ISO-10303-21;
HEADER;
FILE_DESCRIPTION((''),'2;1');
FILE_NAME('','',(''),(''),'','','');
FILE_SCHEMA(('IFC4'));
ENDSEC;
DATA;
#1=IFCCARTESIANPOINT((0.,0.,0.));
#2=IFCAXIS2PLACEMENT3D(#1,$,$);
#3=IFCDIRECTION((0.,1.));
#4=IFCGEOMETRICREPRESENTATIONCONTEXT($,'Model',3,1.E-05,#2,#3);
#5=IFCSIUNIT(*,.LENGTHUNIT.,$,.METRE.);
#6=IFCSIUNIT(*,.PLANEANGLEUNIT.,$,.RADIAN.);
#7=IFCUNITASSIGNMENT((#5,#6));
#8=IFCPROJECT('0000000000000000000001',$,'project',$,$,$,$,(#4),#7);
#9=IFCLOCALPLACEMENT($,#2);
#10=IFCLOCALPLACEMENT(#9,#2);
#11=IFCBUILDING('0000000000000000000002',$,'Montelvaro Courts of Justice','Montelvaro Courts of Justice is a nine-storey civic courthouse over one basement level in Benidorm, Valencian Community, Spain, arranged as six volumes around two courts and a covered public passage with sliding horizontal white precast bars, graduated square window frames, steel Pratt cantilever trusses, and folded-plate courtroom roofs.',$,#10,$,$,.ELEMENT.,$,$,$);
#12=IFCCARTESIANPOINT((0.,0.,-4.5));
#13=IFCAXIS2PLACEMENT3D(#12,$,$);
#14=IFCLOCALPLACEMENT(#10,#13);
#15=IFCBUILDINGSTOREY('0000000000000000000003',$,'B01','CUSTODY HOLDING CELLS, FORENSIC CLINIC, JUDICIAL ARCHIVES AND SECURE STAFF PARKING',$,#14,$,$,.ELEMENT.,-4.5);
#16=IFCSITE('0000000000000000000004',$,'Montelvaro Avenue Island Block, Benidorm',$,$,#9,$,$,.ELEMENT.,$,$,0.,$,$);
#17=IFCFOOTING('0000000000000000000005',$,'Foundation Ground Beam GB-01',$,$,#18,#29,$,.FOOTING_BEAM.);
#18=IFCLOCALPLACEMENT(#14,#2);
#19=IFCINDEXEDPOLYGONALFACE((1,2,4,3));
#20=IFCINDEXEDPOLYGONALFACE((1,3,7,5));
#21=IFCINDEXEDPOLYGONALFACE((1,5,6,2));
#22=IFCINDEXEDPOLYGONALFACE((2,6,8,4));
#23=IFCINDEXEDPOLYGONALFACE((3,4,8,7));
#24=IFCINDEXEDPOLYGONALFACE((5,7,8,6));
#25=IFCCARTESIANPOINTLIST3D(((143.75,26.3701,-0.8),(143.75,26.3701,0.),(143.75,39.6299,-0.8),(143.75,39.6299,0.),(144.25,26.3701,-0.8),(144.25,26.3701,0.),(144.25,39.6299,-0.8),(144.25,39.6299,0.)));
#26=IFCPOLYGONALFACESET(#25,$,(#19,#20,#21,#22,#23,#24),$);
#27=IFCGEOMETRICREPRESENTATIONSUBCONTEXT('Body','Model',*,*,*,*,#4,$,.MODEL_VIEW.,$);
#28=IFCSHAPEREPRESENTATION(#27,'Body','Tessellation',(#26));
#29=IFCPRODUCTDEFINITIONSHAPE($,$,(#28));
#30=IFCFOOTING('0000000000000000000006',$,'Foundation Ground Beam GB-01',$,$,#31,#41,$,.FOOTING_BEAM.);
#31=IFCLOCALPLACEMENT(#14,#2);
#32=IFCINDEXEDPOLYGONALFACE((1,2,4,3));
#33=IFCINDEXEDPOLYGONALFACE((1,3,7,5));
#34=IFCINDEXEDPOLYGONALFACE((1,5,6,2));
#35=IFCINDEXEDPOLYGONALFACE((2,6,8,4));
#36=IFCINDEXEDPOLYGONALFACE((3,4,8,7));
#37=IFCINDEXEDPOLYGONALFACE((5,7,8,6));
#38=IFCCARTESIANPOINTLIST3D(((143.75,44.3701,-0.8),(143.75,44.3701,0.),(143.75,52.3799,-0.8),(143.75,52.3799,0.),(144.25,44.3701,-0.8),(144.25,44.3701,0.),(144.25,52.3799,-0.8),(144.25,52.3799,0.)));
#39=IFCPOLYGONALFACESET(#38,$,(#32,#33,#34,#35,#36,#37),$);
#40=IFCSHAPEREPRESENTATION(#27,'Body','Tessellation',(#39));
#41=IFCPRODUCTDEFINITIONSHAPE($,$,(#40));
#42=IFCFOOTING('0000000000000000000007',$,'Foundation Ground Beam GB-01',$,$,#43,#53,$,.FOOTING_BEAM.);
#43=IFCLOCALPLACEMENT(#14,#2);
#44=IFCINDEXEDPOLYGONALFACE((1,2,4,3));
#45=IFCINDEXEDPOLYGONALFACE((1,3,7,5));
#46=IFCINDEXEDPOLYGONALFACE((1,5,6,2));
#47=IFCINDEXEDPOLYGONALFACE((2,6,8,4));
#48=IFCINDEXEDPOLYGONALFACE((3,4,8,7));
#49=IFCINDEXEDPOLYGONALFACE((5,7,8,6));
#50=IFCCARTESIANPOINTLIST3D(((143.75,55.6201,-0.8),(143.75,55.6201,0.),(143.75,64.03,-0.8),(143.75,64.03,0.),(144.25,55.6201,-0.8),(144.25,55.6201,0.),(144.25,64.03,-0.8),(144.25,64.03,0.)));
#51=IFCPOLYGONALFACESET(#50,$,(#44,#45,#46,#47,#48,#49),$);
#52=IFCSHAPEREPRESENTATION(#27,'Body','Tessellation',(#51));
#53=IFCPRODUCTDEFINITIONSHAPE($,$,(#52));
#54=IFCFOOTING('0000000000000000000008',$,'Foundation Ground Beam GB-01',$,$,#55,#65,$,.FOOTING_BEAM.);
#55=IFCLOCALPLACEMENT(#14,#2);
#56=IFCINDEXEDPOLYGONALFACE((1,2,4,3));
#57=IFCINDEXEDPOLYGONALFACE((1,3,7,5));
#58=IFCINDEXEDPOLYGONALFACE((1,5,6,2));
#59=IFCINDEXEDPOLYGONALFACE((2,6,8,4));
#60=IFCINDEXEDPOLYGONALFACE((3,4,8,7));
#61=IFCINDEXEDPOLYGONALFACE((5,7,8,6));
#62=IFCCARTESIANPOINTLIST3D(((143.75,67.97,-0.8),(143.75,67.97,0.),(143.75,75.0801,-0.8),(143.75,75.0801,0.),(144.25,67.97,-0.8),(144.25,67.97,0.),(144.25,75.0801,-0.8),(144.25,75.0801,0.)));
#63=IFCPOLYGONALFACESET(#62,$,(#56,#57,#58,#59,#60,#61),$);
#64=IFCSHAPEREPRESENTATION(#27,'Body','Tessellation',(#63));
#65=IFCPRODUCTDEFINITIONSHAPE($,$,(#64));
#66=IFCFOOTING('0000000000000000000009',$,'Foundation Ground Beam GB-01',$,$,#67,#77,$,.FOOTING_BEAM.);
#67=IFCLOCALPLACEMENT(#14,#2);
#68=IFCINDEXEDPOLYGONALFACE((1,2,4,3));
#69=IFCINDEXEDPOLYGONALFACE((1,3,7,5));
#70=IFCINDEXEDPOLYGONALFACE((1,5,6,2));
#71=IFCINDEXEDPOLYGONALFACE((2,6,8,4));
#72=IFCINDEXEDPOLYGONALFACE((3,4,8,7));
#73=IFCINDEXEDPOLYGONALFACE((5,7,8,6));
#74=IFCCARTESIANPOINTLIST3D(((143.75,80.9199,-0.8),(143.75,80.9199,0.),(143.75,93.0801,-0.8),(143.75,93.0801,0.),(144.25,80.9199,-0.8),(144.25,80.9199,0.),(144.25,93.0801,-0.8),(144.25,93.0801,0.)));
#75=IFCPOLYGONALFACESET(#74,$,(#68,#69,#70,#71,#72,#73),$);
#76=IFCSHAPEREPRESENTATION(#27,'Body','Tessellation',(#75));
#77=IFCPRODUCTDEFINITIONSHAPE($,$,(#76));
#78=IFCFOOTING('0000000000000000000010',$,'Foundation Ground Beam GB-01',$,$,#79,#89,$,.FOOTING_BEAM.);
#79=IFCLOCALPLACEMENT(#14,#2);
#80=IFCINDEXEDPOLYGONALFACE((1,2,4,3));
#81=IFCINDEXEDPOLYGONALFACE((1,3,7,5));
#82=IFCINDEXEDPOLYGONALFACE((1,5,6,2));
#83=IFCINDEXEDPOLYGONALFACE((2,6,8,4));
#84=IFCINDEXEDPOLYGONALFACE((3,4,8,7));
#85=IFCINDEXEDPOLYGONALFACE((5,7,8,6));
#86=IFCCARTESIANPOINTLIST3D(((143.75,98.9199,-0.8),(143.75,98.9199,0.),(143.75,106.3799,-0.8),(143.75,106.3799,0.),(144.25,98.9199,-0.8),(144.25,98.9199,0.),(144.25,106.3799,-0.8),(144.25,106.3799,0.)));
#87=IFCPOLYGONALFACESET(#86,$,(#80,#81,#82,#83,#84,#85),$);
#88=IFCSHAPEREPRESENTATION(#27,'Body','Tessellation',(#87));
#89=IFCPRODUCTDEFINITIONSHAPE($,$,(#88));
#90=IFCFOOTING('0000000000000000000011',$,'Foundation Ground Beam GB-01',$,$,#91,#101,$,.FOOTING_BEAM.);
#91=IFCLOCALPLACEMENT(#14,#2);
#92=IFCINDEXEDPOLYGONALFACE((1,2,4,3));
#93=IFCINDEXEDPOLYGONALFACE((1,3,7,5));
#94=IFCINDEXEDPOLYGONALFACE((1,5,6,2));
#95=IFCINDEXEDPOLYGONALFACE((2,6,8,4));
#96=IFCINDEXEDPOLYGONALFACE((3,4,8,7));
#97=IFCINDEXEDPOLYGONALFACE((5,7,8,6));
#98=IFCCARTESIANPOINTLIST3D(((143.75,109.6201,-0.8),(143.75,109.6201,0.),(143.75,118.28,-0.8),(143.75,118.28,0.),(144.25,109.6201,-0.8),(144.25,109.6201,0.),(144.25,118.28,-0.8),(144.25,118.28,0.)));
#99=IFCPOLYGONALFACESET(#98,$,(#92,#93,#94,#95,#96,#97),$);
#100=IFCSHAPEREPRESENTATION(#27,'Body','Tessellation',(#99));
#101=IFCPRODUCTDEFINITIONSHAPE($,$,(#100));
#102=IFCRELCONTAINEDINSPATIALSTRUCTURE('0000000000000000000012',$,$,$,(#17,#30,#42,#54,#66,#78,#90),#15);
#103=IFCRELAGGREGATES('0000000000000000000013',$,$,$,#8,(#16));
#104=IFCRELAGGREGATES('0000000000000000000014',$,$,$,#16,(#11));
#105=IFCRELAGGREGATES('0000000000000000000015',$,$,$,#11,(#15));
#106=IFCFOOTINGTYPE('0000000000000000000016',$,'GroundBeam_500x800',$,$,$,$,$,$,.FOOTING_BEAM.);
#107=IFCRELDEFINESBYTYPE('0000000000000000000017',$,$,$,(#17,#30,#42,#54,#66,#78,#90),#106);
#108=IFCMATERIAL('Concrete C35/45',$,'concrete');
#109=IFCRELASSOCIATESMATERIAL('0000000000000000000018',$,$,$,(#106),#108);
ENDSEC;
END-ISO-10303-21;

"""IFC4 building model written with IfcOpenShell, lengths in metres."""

from ifc_helpers import new_model, si_unit, direction, frame, origin, place, context, subcontext, project, spatial, polyline, outline, extrude, material, type_object, element, save


model = new_model("IFC4")

# Units and contexts
model_context = context("Model", 3, precision=1e-05, world=origin(), true_north=direction((0.0, 1.0)))
body_context = subcontext(model_context, "Body", "Model", "MODEL_VIEW")
ifc_project = project(units=[si_unit("LENGTHUNIT", "METRE"), si_unit("PLANEANGLEUNIT", "RADIAN")], contexts=[model_context])

# Site, building, storey
site_placement = place(None, origin())
site = spatial("IfcSite", under=ifc_project, at=site_placement, Name="Montelvaro Avenue Island Block, Benidorm", CompositionType="ELEMENT", RefElevation=0.0)
building_placement = place(site_placement, origin())
building = spatial("IfcBuilding", under=site, at=building_placement, Name="Montelvaro Courts of Justice", Description="Montelvaro Courts of Justice is a nine-storey civic courthouse over one basement level in Benidorm, Valencian Community, Spain, arranged as six volumes around two courts and a covered public passage with sliding horizontal white precast bars, graduated square window frames, steel Pratt cantilever trusses, and folded-plate courtroom roofs.", CompositionType="ELEMENT")
storey_placement = place(building_placement, frame((0.0, 0.0, -4.5)))
storey = spatial("IfcBuildingStorey", under=building, at=storey_placement, Name="B01", Description="CUSTODY HOLDING CELLS, FORENSIC CLINIC, JUDICIAL ARCHIVES AND SECURE STAFF PARKING", CompositionType="ELEMENT", Elevation=-4.5)

# Footings
ifc_material = material(Name="Concrete C35/45", Category="concrete")
footing_type = type_object("IfcFootingType", Name="GroundBeam_500x800", PredefinedType="FOOTING_BEAM", material=ifc_material)
footing_1_placement = place(storey_placement, frame((0.0, 0.0, -0.8)))
element("IfcFooting", 1, at=footing_1_placement, inside=storey, type_object=footing_type, Name="Foundation Ground Beam GB-01", PredefinedType="FOOTING_BEAM", context=body_context, shape_type="SweptSolid", body=[
    extrude(outline(polyline([(143.75, 26.3701), (144.25, 26.3701), (144.25, 39.6299), (143.75, 39.6299), (143.75, 26.3701)])), origin(), (0.0, 0.0, 1.0), 0.8),
])
footing_2_placement = place(storey_placement, frame((0.0, 0.0, -0.8)))
element("IfcFooting", 2, at=footing_2_placement, inside=storey, type_object=footing_type, Name="Foundation Ground Beam GB-01", PredefinedType="FOOTING_BEAM", context=body_context, shape_type="SweptSolid", body=[
    extrude(outline(polyline([(143.75, 44.3701), (144.25, 44.3701), (144.25, 52.3799), (143.75, 52.3799), (143.75, 44.3701)])), origin(), (0.0, 0.0, 1.0), 0.8),
])
footing_3_placement = place(storey_placement, frame((0.0, 0.0, -0.8)))
element("IfcFooting", 3, at=footing_3_placement, inside=storey, type_object=footing_type, Name="Foundation Ground Beam GB-01", PredefinedType="FOOTING_BEAM", context=body_context, shape_type="SweptSolid", body=[
    extrude(outline(polyline([(143.75, 55.6201), (144.25, 55.6201), (144.25, 64.03), (143.75, 64.03), (143.75, 55.6201)])), origin(), (0.0, 0.0, 1.0), 0.8),
])
footing_4_placement = place(storey_placement, frame((0.0, 0.0, -0.8)))
element("IfcFooting", 4, at=footing_4_placement, inside=storey, type_object=footing_type, Name="Foundation Ground Beam GB-01", PredefinedType="FOOTING_BEAM", context=body_context, shape_type="SweptSolid", body=[
    extrude(outline(polyline([(143.75, 67.97), (144.25, 67.97), (144.25, 75.0801), (143.75, 75.0801), (143.75, 67.97)])), origin(), (0.0, 0.0, 1.0), 0.8),
])
footing_5_placement = place(storey_placement, frame((0.0, 0.0, -0.8)))
element("IfcFooting", 5, at=footing_5_placement, inside=storey, type_object=footing_type, Name="Foundation Ground Beam GB-01", PredefinedType="FOOTING_BEAM", context=body_context, shape_type="SweptSolid", body=[
    extrude(outline(polyline([(143.75, 80.9199), (144.25, 80.9199), (144.25, 93.0801), (143.75, 93.0801), (143.75, 80.9199)])), origin(), (0.0, 0.0, 1.0), 0.8),
])
footing_6_placement = place(storey_placement, frame((0.0, 0.0, -0.8)))
element("IfcFooting", 6, at=footing_6_placement, inside=storey, type_object=footing_type, Name="Foundation Ground Beam GB-01", PredefinedType="FOOTING_BEAM", context=body_context, shape_type="SweptSolid", body=[
    extrude(outline(polyline([(143.75, 98.9199), (144.25, 98.9199), (144.25, 106.3799), (143.75, 106.3799), (143.75, 98.9199)])), origin(), (0.0, 0.0, 1.0), 0.8),
])
footing_7_placement = place(storey_placement, frame((0.0, 0.0, -0.8)))
element("IfcFooting", 7, at=footing_7_placement, inside=storey, type_object=footing_type, Name="Foundation Ground Beam GB-01", PredefinedType="FOOTING_BEAM", context=body_context, shape_type="SweptSolid", body=[
    extrude(outline(polyline([(143.75, 109.6201), (144.25, 109.6201), (144.25, 118.28), (143.75, 118.28), (143.75, 109.6201)])), origin(), (0.0, 0.0, 1.0), 0.8),
])

save(model, "model.ifc")
